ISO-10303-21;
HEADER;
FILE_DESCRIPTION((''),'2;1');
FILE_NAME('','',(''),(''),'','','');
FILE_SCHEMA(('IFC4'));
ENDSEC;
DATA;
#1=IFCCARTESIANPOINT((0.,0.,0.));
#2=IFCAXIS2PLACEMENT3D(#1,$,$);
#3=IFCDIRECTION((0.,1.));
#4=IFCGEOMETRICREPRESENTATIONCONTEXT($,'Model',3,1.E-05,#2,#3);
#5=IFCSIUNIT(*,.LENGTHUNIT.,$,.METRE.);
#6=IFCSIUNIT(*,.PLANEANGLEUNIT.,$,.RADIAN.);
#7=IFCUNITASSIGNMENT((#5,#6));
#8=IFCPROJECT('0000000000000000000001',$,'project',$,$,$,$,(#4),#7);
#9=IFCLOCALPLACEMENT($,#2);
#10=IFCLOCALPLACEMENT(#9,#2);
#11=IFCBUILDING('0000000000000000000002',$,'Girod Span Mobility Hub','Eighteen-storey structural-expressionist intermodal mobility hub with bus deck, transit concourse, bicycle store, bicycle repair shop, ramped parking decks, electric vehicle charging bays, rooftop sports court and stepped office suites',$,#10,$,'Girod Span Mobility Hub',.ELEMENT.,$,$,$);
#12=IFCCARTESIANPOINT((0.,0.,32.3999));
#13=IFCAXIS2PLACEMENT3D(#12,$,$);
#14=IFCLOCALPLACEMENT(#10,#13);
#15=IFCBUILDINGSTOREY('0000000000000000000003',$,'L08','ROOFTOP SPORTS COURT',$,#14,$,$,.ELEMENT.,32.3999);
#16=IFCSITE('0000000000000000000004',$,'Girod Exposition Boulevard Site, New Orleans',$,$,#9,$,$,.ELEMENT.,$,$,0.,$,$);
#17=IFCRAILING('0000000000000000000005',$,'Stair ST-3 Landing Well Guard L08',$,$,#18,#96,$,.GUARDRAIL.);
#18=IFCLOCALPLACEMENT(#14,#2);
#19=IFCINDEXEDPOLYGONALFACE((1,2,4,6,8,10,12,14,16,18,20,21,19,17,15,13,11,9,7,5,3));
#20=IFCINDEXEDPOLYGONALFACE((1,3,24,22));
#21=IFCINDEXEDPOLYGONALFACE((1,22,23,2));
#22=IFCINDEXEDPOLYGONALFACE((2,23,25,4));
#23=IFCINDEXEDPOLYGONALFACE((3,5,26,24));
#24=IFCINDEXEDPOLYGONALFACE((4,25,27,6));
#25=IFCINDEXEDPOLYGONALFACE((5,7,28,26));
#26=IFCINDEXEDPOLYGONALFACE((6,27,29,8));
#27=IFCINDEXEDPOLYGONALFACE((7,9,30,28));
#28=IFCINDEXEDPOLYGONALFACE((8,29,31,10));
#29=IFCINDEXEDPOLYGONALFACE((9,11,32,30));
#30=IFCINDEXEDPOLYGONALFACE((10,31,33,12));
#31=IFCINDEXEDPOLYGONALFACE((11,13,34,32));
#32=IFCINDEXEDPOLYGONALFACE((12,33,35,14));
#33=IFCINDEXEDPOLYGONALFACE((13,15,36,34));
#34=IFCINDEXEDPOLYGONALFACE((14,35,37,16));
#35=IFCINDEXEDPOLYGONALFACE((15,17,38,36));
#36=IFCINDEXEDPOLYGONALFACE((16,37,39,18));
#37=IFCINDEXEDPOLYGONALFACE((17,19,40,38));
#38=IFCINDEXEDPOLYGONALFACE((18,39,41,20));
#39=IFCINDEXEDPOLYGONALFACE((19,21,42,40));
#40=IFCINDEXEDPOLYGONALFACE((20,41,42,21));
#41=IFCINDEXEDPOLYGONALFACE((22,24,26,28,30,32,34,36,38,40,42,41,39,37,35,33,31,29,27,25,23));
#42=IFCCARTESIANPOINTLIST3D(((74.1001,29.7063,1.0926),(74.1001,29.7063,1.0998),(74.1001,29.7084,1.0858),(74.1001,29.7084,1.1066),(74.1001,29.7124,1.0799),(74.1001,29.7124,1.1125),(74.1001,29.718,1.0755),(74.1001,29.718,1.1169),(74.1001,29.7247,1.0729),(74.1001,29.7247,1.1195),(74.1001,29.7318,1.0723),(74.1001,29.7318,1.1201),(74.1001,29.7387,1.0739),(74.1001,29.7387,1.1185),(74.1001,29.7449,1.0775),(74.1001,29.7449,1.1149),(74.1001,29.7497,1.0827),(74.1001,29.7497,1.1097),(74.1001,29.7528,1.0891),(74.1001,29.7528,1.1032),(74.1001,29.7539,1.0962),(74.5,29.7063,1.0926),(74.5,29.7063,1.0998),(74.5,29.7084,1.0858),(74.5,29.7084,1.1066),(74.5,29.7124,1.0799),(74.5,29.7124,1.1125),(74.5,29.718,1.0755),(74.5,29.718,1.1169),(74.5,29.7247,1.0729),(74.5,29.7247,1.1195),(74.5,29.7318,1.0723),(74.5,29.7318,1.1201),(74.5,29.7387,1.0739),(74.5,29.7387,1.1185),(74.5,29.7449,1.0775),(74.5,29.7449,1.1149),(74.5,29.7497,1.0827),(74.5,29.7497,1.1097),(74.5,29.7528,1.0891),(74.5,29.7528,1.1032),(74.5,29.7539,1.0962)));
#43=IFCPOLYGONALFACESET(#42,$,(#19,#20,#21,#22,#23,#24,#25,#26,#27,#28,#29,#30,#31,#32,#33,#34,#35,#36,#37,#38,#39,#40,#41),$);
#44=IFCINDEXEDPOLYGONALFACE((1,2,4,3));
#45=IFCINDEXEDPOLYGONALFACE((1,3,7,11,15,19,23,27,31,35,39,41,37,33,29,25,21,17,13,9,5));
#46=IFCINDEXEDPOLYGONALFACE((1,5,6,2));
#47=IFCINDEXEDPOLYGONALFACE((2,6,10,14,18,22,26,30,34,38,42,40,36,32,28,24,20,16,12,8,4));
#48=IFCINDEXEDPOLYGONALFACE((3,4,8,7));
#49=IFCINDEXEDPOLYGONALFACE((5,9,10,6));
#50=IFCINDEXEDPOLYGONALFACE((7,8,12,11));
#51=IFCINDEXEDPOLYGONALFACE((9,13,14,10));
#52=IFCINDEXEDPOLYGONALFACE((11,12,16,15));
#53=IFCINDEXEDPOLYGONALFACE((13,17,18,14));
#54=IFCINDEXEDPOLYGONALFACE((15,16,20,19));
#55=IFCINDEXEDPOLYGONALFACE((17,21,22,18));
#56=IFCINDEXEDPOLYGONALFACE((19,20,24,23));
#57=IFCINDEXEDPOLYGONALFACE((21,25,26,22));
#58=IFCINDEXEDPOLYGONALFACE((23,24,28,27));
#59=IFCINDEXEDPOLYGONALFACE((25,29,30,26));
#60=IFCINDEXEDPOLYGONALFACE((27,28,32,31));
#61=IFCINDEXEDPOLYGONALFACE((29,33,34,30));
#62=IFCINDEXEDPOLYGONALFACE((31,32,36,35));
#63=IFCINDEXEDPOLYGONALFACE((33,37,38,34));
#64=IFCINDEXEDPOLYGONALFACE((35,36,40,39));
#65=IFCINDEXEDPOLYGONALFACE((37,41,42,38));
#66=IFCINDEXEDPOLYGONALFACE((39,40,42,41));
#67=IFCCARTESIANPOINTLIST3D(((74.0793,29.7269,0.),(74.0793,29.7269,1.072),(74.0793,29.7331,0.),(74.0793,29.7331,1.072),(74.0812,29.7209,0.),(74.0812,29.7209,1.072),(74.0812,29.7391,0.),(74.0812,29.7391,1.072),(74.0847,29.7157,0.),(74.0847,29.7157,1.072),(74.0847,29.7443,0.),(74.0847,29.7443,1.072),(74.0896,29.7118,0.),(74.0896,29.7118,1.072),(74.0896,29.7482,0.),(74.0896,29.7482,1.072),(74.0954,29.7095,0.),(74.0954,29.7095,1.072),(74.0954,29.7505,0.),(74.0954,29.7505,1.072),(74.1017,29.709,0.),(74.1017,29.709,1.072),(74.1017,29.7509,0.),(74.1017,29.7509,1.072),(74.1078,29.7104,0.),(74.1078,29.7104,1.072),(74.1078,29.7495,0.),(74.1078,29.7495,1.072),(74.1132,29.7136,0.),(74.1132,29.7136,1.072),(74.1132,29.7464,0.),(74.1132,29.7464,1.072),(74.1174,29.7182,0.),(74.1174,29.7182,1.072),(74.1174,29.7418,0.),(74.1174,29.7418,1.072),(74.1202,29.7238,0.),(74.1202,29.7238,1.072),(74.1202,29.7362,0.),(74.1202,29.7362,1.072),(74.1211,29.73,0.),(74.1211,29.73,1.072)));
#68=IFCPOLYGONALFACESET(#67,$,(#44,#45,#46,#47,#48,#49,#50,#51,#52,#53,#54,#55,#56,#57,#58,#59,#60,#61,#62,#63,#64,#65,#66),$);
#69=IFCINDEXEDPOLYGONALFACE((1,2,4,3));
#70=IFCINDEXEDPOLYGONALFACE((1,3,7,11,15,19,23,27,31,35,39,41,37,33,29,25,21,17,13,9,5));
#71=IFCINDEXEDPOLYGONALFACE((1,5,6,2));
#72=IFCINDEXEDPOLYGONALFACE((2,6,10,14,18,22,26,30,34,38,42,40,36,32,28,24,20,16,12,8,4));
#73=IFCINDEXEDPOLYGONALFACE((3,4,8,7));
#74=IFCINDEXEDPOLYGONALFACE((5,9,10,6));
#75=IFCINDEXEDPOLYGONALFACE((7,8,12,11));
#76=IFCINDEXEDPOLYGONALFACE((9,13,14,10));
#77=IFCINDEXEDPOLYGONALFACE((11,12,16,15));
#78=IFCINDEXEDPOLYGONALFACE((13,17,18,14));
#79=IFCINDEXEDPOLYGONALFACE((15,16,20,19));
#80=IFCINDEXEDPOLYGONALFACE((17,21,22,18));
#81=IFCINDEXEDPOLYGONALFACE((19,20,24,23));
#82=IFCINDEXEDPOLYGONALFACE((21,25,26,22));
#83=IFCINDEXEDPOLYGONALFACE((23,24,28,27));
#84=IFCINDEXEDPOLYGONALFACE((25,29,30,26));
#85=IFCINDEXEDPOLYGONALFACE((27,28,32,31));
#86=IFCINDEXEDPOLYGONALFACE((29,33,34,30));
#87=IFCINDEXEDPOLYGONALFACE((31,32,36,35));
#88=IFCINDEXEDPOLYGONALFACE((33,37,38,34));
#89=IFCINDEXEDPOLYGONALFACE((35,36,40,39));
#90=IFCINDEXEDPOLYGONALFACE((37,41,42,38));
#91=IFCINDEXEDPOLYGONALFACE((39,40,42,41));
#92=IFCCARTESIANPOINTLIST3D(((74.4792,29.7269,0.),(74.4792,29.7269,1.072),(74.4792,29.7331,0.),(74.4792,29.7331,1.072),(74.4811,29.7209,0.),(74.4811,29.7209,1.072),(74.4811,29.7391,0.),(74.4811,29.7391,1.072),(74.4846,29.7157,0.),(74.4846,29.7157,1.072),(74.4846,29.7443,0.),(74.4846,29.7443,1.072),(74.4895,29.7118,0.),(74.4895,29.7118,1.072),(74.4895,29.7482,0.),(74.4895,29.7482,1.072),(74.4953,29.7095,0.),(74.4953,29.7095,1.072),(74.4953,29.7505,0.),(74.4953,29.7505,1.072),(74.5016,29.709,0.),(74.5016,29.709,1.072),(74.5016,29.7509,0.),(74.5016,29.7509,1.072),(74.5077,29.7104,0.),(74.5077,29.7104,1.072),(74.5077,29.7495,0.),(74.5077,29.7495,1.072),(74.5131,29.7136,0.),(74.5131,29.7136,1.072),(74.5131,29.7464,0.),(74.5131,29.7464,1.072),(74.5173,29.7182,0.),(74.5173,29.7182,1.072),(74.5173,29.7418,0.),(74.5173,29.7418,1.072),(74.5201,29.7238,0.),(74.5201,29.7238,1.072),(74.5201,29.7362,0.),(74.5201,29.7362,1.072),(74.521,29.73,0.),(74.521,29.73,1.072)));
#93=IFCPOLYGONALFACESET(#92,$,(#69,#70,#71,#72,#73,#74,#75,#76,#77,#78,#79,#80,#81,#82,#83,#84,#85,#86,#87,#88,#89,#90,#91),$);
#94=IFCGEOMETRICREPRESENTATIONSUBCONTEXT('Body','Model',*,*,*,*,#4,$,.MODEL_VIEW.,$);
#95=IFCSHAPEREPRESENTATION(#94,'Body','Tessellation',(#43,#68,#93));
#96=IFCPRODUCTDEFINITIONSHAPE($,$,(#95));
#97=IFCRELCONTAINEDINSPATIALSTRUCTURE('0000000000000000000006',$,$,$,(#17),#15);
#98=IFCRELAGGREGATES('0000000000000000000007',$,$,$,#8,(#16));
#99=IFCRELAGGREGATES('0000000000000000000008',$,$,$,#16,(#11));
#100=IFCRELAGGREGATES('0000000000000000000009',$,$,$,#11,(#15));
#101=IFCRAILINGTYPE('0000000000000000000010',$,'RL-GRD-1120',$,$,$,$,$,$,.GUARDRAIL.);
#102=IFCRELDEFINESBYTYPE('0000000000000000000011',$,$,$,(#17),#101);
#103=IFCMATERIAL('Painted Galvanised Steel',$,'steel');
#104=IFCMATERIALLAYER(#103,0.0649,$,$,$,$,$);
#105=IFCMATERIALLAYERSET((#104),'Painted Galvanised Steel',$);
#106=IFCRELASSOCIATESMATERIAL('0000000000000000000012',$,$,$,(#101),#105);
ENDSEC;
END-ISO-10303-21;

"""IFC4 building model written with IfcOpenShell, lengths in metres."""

from ifc_helpers import new_model, si_unit, direction, frame, origin, origin_2d, place, context, subcontext, project, spatial, circle, extrude, material, layer, layer_set, type_object, element, save


model = new_model("IFC4")

# Units and contexts
model_context = context("Model", 3, precision=1e-05, world=origin(), true_north=direction((0.0, 1.0)))
body_context = subcontext(model_context, "Body", "Model", "MODEL_VIEW")
ifc_project = project(units=[si_unit("LENGTHUNIT", "METRE"), si_unit("PLANEANGLEUNIT", "RADIAN")], contexts=[model_context])

# Site, building, storey
site_placement = place(None, origin())
site = spatial("IfcSite", under=ifc_project, at=site_placement, Name="Girod Exposition Boulevard Site, New Orleans", CompositionType="ELEMENT", RefElevation=0.0)
building_placement = place(site_placement, origin())
building = spatial("IfcBuilding", under=site, at=building_placement, Name="Girod Span Mobility Hub", Description="Eighteen-storey structural-expressionist intermodal mobility hub with bus deck, transit concourse, bicycle store, bicycle repair shop, ramped parking decks, electric vehicle charging bays, rooftop sports court and stepped office suites", LongName="Girod Span Mobility Hub", CompositionType="ELEMENT")
storey_placement = place(building_placement, frame((0.0, 0.0, 32.3999)))
storey = spatial("IfcBuildingStorey", under=building, at=storey_placement, Name="L08", Description="ROOFTOP SPORTS COURT", CompositionType="ELEMENT", Elevation=32.3999)

# Railing
ifc_material_1 = material(Name="Painted Galvanised Steel", Category="steel")
ifc_layer_1 = layer(ifc_material_1, 0.0649)
ifc_layer_set_1 = layer_set([ifc_layer_1], Name="Painted Galvanised Steel")
railing_type_1 = type_object("IfcRailingType", Name="RL-GRD-1120", PredefinedType="GUARDRAIL", material=ifc_layer_set_1)
for number, where, name in (
    (1, (74.1001, 29.73, 0.0), "Stair ST-3 Landing Well Guard L08"),
):
    element("IfcRailing", number, at=place(storey_placement, frame(where)), inside=storey, type_object=railing_type_1, Name=name, PredefinedType="GUARDRAIL", context=body_context, shape_type="SweptSolid", body=[
        extrude(circle(Radius=0.0239, at=origin_2d()), frame((0.0, 0.0, 1.0962), z_axis=(1.0, 0.0, 0.0), x_axis=(0.0, 1.0, 0.0)), (0.0, 0.0, 1.0), 0.3999),
        extrude(circle(Radius=0.021, at=origin_2d()), origin(), (0.0, 0.0, 1.0), 1.072),
        extrude(circle(Radius=0.021, at=origin_2d()), frame((0.3999, 0.0, 0.0)), (0.0, 0.0, 1.0), 1.072),
    ])

save(model, "model.ifc")
